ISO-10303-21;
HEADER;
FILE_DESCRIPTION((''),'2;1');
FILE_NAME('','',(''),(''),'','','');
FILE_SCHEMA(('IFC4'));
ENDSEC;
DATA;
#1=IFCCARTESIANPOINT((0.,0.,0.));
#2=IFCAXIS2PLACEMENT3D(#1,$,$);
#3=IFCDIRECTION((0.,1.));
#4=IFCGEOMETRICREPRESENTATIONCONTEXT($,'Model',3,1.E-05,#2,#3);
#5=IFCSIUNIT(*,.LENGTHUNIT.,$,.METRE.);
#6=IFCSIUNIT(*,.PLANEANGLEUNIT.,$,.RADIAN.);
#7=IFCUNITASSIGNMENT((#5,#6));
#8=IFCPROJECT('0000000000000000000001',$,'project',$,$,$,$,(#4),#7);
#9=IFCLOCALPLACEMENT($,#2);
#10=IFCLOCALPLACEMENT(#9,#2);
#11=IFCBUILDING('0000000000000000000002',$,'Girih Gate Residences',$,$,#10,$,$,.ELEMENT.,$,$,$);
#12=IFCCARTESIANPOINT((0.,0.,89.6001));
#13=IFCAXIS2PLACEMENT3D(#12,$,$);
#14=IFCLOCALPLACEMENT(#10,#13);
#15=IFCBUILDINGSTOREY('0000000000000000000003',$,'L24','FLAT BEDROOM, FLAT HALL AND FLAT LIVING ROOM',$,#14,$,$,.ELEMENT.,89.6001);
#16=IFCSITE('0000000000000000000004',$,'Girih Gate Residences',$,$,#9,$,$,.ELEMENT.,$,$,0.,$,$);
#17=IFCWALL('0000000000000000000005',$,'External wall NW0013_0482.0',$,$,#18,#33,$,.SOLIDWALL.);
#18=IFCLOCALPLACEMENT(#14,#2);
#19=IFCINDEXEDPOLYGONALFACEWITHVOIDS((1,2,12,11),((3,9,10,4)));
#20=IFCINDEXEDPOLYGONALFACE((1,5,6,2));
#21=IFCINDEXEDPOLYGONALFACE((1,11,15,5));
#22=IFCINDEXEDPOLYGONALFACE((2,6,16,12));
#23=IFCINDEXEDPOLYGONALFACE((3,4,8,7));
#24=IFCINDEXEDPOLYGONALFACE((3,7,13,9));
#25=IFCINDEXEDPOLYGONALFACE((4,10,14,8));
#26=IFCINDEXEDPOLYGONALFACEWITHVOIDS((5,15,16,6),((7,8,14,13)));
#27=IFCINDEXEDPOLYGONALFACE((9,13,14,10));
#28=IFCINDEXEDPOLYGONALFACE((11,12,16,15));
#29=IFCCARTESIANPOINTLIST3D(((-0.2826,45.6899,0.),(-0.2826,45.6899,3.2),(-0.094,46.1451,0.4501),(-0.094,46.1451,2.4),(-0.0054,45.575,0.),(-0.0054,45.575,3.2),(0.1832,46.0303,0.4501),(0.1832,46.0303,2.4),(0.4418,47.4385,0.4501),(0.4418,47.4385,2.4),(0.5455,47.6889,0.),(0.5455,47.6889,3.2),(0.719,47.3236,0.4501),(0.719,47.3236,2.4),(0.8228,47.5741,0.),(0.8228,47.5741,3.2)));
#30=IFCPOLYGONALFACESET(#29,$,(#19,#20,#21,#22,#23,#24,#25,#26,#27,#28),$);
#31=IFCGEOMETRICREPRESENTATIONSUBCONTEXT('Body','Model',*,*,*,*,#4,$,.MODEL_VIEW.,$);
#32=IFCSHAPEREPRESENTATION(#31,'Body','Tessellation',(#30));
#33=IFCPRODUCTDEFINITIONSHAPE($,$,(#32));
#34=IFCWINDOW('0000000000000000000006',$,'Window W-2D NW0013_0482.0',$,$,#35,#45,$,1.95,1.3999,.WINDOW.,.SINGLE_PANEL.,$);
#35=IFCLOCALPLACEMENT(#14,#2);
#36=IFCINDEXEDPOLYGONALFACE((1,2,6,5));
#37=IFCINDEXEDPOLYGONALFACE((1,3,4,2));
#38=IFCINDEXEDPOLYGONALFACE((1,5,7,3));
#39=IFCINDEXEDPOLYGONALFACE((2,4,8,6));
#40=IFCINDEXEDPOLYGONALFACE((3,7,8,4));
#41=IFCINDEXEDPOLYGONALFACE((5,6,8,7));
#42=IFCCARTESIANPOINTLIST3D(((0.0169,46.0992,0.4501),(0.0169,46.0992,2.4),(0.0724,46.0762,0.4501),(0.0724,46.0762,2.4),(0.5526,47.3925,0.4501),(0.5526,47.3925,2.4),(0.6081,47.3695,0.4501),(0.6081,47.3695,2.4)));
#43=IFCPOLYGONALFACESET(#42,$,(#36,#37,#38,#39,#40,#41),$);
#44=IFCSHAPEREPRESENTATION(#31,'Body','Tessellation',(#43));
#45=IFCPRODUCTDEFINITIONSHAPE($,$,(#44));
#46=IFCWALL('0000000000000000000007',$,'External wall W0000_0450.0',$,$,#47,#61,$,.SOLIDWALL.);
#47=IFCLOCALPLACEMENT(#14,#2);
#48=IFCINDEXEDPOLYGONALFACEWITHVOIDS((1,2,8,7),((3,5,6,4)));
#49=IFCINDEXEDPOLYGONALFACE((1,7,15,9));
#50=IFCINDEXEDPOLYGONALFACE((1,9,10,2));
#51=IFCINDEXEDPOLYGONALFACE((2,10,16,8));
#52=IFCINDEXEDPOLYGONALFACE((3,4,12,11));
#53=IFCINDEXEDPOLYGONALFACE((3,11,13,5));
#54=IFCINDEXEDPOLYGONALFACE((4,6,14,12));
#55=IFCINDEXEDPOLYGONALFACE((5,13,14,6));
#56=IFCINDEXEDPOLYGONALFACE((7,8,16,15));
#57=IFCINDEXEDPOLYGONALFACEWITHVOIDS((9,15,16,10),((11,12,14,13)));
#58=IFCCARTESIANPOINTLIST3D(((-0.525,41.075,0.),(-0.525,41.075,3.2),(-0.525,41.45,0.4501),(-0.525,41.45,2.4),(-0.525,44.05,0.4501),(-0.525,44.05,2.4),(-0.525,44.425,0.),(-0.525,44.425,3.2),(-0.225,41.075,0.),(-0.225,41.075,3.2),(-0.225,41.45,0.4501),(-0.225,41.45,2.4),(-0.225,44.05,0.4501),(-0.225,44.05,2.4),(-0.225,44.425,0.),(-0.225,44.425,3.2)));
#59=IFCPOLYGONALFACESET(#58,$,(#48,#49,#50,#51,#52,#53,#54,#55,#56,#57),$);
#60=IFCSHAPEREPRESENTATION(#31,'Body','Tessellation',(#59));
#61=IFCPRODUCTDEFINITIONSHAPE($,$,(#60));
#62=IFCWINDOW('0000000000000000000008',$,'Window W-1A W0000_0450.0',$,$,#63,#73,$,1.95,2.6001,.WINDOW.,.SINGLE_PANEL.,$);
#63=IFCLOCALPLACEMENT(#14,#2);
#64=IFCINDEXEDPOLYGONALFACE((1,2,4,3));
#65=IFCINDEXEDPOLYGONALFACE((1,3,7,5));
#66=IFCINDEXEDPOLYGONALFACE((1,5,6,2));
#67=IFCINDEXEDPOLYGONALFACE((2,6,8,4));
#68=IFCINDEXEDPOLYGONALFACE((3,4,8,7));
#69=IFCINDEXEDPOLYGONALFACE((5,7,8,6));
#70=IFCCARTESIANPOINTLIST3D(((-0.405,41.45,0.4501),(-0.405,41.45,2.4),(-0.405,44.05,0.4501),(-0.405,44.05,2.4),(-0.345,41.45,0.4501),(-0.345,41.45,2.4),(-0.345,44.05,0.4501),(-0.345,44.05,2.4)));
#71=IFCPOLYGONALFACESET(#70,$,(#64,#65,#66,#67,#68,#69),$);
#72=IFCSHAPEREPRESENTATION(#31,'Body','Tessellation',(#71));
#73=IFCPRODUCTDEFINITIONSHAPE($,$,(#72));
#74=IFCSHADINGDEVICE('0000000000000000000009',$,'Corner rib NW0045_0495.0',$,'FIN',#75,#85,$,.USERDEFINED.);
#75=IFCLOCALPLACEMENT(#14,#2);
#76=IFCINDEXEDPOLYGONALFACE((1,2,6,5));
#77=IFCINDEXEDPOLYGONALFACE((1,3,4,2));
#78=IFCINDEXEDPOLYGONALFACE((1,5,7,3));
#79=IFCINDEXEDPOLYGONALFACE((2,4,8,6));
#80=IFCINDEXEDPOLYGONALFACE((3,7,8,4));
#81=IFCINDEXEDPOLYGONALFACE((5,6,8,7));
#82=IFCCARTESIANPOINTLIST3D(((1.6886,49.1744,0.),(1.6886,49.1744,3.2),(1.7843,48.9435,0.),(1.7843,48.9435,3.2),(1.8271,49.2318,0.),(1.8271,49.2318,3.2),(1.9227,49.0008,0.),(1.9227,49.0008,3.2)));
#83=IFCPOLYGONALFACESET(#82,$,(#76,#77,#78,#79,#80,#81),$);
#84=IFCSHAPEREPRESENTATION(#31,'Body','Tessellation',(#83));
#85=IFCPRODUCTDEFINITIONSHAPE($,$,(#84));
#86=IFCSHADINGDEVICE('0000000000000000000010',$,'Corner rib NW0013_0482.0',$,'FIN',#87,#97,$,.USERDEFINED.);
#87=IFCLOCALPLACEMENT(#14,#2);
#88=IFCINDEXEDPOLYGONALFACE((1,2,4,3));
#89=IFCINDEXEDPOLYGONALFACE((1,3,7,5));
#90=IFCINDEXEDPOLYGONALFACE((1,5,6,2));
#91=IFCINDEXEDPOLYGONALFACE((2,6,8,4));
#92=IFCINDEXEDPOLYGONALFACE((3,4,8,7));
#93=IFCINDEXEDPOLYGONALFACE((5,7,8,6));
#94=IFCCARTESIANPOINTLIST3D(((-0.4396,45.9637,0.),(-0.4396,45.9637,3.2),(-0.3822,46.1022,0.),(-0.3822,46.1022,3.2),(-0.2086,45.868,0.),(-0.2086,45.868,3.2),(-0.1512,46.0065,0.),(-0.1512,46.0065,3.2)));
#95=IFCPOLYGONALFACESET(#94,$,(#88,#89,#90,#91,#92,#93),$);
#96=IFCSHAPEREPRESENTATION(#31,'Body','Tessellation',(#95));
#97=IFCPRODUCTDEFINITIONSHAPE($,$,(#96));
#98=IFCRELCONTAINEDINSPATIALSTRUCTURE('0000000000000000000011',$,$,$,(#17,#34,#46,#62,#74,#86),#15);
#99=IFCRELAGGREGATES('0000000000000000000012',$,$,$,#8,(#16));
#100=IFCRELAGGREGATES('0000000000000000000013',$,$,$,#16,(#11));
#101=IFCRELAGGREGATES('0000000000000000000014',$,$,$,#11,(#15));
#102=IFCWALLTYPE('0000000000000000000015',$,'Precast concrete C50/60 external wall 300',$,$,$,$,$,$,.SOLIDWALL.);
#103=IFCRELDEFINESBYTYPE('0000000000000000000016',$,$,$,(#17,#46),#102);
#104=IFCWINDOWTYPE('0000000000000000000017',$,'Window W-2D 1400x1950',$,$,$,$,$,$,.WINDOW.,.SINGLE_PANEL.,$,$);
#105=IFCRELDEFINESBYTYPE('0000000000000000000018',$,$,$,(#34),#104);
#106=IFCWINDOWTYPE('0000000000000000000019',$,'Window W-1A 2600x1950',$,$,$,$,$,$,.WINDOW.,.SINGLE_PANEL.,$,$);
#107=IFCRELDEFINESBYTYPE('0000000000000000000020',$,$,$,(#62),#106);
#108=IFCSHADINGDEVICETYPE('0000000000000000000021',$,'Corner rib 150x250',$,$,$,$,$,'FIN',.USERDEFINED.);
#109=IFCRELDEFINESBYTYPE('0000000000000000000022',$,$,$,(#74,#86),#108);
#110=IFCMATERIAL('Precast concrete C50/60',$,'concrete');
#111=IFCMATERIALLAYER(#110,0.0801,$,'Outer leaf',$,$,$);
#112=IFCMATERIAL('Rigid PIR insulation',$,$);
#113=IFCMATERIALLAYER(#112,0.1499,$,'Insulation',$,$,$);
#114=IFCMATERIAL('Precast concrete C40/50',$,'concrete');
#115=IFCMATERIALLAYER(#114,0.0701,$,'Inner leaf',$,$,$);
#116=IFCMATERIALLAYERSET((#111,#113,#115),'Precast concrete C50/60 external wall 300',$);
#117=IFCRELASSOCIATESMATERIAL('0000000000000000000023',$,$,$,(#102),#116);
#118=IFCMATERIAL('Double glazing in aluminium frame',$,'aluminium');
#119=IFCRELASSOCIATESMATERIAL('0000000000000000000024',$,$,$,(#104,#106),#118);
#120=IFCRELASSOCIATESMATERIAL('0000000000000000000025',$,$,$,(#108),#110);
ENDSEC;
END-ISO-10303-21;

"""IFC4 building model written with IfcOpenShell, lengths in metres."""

from ifc_helpers import new_model, si_unit, direction, frame, frame_2d, origin, origin_2d, place, context, subcontext, project, spatial, rectangle, extrude, material, layer, layer_set, type_object, element, fill, save


model = new_model("IFC4")

# Units and contexts
model_context = context("Model", 3, precision=1e-05, world=origin(), true_north=direction((0.0, 1.0)))
body_context = subcontext(model_context, "Body", "Model", "MODEL_VIEW")
ifc_project = project(units=[si_unit("LENGTHUNIT", "METRE"), si_unit("PLANEANGLEUNIT", "RADIAN")], contexts=[model_context])

# Site, building, storey
site_placement = place(None, origin())
site = spatial("IfcSite", under=ifc_project, at=site_placement, Name="Girih Gate Residences", CompositionType="ELEMENT", RefElevation=0.0)
building_placement = place(site_placement, origin())
building = spatial("IfcBuilding", under=site, at=building_placement, Name="Girih Gate Residences", CompositionType="ELEMENT")
storey_placement = place(building_placement, frame((0.0, 0.0, 89.6001)))
storey = spatial("IfcBuildingStorey", under=building, at=storey_placement, Name="L24", Description="FLAT BEDROOM, FLAT HALL AND FLAT LIVING ROOM", CompositionType="ELEMENT", Elevation=89.6001)

# Walls, openings, windows
ifc_material_1 = material(Name="Precast concrete C50/60", Category="concrete")
ifc_layer_1 = layer(ifc_material_1, 0.0801, Name="Outer leaf")
ifc_material_2 = material(Name="Rigid PIR insulation")
ifc_layer_2 = layer(ifc_material_2, 0.1499, Name="Insulation")
ifc_material_3 = material(Name="Precast concrete C40/50", Category="concrete")
ifc_layer_3 = layer(ifc_material_3, 0.0701, Name="Inner leaf")
ifc_layer_set_1 = layer_set([ifc_layer_1, ifc_layer_2, ifc_layer_3], Name="Precast concrete C50/60 external wall 300")
wall_type_1 = type_object("IfcWallType", Name="Precast concrete C50/60 external wall 300", PredefinedType="SOLIDWALL", material=ifc_layer_set_1)
ifc_material_4 = material(Name="Double glazing in aluminium frame", Category="aluminium")
window_type_1 = type_object("IfcWindowType", Name="Window W-2D 1400x1950", PartitioningType="SINGLE_PANEL", PredefinedType="WINDOW", material=ifc_material_4)
wall_1_placement = place(storey_placement, frame((-0.144, 45.6323, 0.0), z_axis=(0.0, 0.0, 1.0), x_axis=(0.382724, 0.923863, 0.0)))
wall_1 = element("IfcWall", 1, at=wall_1_placement, inside=storey, type_object=wall_type_1, Name="External wall NW0013_0482.0", PredefinedType="SOLIDWALL", context=body_context, shape_type="SweptSolid", body=[
    extrude(rectangle(XDim=2.1638, YDim=0.3, at=frame_2d((1.082, 0.0))), origin(), (0.0, 0.0, 1.0), 3.2),
])
opening_1_placement = place(wall_1_placement, frame((0.4929, 0.0, 0.45)))
opening_1 = element("IfcOpeningElement", 2, at=opening_1_placement, cuts=wall_1, PredefinedType="OPENING", context=body_context, shape_type="SweptSolid", body=[
    extrude(rectangle(XDim=1.3999, YDim=1.95, at=frame_2d((0.7, 0.9751))), frame((0.0, 0.1599, 0.0), z_axis=(0.0, -1.0, 0.0), x_axis=(1.0, 0.0, 0.0)), (0.0, 0.0, 1.0), 0.3201),
])
window_1_placement = place(opening_1_placement, origin())
window_1 = element("IfcWindow", 3, at=window_1_placement, inside=storey, type_object=window_type_1, Name="Window W-2D NW0013_0482.0", OverallHeight=1.95, OverallWidth=1.3999, PartitioningType="SINGLE_PANEL", PredefinedType="WINDOW", context=body_context, shape_type="SweptSolid", body=[
    extrude(rectangle(XDim=1.3999, YDim=1.95, at=frame_2d((0.7, 0.9751))), frame((0.0, 0.03, 0.0), z_axis=(0.0, -1.0, 0.0), x_axis=(1.0, 0.0, 0.0)), (0.0, 0.0, 1.0), 0.0601),
])
fill(opening_1, window_1)
wall_2_placement = place(storey_placement, frame((-0.375, 41.075, 0.0), z_axis=(0.0, 0.0, 1.0), x_axis=(0.0, 1.0, 0.0)))
wall_2 = element("IfcWall", 4, at=wall_2_placement, inside=storey, type_object=wall_type_1, Name="External wall W0000_0450.0", PredefinedType="SOLIDWALL", context=body_context, shape_type="SweptSolid", body=[
    extrude(rectangle(XDim=3.3501, YDim=0.3, at=frame_2d((1.675, 0.0))), origin(), (0.0, 0.0, 1.0), 3.2),
])
opening_2_placement = place(wall_2_placement, frame((0.375, 0.0, 0.45)))
opening_2 = element("IfcOpeningElement", 5, at=opening_2_placement, cuts=wall_2, PredefinedType="OPENING", context=body_context, shape_type="SweptSolid", body=[
    extrude(rectangle(XDim=2.6001, YDim=1.95, at=frame_2d((1.3, 0.9751))), frame((0.0, 0.1599, 0.0), z_axis=(0.0, -1.0, 0.0), x_axis=(1.0, 0.0, 0.0)), (0.0, 0.0, 1.0), 0.3201),
])
window_type_2 = type_object("IfcWindowType", Name="Window W-1A 2600x1950", PartitioningType="SINGLE_PANEL", PredefinedType="WINDOW", material=ifc_material_4)
window_2_placement = place(opening_2_placement, origin())
window_2 = element("IfcWindow", 6, at=window_2_placement, inside=storey, type_object=window_type_2, Name="Window W-1A W0000_0450.0", OverallHeight=1.95, OverallWidth=2.6001, PartitioningType="SINGLE_PANEL", PredefinedType="WINDOW", context=body_context, shape_type="SweptSolid", body=[
    extrude(rectangle(XDim=2.6001, YDim=1.95, at=frame_2d((1.3, 0.9751))), frame((0.0, 0.03, 0.0), z_axis=(0.0, -1.0, 0.0), x_axis=(1.0, 0.0, 0.0)), (0.0, 0.0, 1.0), 0.0601),
])
fill(opening_2, window_2)

# Shading devices
shading_device_type = type_object("IfcShadingDeviceType", Name="Corner rib 150x250", ElementType="FIN", PredefinedType="USERDEFINED", material=ifc_material_1)
for number, where, z_axis, x_axis, name in (
    (7, (1.8057, 49.0876, 0.0), (0.0, 0.0, 1.0), (-0.92388, -0.382683, 0.0), "Corner rib NW0045_0495.0"),
    (8, (-0.2954, 45.9851, 0.0), (0.0, 0.0, 1.0), (-0.382683, -0.92388, 0.0), "Corner rib NW0013_0482.0"),
):
    element("IfcShadingDevice", number, at=place(storey_placement, frame(where, z_axis=z_axis, x_axis=x_axis)), inside=storey, type_object=shading_device_type, Name=name, ObjectType="FIN", PredefinedType="USERDEFINED", context=body_context, shape_type="SweptSolid", body=[
        extrude(rectangle(XDim=0.1499, YDim=0.25, at=origin_2d()), origin(), (0.0, 0.0, 1.0), 3.2),
    ])

save(model, "model.ifc")
